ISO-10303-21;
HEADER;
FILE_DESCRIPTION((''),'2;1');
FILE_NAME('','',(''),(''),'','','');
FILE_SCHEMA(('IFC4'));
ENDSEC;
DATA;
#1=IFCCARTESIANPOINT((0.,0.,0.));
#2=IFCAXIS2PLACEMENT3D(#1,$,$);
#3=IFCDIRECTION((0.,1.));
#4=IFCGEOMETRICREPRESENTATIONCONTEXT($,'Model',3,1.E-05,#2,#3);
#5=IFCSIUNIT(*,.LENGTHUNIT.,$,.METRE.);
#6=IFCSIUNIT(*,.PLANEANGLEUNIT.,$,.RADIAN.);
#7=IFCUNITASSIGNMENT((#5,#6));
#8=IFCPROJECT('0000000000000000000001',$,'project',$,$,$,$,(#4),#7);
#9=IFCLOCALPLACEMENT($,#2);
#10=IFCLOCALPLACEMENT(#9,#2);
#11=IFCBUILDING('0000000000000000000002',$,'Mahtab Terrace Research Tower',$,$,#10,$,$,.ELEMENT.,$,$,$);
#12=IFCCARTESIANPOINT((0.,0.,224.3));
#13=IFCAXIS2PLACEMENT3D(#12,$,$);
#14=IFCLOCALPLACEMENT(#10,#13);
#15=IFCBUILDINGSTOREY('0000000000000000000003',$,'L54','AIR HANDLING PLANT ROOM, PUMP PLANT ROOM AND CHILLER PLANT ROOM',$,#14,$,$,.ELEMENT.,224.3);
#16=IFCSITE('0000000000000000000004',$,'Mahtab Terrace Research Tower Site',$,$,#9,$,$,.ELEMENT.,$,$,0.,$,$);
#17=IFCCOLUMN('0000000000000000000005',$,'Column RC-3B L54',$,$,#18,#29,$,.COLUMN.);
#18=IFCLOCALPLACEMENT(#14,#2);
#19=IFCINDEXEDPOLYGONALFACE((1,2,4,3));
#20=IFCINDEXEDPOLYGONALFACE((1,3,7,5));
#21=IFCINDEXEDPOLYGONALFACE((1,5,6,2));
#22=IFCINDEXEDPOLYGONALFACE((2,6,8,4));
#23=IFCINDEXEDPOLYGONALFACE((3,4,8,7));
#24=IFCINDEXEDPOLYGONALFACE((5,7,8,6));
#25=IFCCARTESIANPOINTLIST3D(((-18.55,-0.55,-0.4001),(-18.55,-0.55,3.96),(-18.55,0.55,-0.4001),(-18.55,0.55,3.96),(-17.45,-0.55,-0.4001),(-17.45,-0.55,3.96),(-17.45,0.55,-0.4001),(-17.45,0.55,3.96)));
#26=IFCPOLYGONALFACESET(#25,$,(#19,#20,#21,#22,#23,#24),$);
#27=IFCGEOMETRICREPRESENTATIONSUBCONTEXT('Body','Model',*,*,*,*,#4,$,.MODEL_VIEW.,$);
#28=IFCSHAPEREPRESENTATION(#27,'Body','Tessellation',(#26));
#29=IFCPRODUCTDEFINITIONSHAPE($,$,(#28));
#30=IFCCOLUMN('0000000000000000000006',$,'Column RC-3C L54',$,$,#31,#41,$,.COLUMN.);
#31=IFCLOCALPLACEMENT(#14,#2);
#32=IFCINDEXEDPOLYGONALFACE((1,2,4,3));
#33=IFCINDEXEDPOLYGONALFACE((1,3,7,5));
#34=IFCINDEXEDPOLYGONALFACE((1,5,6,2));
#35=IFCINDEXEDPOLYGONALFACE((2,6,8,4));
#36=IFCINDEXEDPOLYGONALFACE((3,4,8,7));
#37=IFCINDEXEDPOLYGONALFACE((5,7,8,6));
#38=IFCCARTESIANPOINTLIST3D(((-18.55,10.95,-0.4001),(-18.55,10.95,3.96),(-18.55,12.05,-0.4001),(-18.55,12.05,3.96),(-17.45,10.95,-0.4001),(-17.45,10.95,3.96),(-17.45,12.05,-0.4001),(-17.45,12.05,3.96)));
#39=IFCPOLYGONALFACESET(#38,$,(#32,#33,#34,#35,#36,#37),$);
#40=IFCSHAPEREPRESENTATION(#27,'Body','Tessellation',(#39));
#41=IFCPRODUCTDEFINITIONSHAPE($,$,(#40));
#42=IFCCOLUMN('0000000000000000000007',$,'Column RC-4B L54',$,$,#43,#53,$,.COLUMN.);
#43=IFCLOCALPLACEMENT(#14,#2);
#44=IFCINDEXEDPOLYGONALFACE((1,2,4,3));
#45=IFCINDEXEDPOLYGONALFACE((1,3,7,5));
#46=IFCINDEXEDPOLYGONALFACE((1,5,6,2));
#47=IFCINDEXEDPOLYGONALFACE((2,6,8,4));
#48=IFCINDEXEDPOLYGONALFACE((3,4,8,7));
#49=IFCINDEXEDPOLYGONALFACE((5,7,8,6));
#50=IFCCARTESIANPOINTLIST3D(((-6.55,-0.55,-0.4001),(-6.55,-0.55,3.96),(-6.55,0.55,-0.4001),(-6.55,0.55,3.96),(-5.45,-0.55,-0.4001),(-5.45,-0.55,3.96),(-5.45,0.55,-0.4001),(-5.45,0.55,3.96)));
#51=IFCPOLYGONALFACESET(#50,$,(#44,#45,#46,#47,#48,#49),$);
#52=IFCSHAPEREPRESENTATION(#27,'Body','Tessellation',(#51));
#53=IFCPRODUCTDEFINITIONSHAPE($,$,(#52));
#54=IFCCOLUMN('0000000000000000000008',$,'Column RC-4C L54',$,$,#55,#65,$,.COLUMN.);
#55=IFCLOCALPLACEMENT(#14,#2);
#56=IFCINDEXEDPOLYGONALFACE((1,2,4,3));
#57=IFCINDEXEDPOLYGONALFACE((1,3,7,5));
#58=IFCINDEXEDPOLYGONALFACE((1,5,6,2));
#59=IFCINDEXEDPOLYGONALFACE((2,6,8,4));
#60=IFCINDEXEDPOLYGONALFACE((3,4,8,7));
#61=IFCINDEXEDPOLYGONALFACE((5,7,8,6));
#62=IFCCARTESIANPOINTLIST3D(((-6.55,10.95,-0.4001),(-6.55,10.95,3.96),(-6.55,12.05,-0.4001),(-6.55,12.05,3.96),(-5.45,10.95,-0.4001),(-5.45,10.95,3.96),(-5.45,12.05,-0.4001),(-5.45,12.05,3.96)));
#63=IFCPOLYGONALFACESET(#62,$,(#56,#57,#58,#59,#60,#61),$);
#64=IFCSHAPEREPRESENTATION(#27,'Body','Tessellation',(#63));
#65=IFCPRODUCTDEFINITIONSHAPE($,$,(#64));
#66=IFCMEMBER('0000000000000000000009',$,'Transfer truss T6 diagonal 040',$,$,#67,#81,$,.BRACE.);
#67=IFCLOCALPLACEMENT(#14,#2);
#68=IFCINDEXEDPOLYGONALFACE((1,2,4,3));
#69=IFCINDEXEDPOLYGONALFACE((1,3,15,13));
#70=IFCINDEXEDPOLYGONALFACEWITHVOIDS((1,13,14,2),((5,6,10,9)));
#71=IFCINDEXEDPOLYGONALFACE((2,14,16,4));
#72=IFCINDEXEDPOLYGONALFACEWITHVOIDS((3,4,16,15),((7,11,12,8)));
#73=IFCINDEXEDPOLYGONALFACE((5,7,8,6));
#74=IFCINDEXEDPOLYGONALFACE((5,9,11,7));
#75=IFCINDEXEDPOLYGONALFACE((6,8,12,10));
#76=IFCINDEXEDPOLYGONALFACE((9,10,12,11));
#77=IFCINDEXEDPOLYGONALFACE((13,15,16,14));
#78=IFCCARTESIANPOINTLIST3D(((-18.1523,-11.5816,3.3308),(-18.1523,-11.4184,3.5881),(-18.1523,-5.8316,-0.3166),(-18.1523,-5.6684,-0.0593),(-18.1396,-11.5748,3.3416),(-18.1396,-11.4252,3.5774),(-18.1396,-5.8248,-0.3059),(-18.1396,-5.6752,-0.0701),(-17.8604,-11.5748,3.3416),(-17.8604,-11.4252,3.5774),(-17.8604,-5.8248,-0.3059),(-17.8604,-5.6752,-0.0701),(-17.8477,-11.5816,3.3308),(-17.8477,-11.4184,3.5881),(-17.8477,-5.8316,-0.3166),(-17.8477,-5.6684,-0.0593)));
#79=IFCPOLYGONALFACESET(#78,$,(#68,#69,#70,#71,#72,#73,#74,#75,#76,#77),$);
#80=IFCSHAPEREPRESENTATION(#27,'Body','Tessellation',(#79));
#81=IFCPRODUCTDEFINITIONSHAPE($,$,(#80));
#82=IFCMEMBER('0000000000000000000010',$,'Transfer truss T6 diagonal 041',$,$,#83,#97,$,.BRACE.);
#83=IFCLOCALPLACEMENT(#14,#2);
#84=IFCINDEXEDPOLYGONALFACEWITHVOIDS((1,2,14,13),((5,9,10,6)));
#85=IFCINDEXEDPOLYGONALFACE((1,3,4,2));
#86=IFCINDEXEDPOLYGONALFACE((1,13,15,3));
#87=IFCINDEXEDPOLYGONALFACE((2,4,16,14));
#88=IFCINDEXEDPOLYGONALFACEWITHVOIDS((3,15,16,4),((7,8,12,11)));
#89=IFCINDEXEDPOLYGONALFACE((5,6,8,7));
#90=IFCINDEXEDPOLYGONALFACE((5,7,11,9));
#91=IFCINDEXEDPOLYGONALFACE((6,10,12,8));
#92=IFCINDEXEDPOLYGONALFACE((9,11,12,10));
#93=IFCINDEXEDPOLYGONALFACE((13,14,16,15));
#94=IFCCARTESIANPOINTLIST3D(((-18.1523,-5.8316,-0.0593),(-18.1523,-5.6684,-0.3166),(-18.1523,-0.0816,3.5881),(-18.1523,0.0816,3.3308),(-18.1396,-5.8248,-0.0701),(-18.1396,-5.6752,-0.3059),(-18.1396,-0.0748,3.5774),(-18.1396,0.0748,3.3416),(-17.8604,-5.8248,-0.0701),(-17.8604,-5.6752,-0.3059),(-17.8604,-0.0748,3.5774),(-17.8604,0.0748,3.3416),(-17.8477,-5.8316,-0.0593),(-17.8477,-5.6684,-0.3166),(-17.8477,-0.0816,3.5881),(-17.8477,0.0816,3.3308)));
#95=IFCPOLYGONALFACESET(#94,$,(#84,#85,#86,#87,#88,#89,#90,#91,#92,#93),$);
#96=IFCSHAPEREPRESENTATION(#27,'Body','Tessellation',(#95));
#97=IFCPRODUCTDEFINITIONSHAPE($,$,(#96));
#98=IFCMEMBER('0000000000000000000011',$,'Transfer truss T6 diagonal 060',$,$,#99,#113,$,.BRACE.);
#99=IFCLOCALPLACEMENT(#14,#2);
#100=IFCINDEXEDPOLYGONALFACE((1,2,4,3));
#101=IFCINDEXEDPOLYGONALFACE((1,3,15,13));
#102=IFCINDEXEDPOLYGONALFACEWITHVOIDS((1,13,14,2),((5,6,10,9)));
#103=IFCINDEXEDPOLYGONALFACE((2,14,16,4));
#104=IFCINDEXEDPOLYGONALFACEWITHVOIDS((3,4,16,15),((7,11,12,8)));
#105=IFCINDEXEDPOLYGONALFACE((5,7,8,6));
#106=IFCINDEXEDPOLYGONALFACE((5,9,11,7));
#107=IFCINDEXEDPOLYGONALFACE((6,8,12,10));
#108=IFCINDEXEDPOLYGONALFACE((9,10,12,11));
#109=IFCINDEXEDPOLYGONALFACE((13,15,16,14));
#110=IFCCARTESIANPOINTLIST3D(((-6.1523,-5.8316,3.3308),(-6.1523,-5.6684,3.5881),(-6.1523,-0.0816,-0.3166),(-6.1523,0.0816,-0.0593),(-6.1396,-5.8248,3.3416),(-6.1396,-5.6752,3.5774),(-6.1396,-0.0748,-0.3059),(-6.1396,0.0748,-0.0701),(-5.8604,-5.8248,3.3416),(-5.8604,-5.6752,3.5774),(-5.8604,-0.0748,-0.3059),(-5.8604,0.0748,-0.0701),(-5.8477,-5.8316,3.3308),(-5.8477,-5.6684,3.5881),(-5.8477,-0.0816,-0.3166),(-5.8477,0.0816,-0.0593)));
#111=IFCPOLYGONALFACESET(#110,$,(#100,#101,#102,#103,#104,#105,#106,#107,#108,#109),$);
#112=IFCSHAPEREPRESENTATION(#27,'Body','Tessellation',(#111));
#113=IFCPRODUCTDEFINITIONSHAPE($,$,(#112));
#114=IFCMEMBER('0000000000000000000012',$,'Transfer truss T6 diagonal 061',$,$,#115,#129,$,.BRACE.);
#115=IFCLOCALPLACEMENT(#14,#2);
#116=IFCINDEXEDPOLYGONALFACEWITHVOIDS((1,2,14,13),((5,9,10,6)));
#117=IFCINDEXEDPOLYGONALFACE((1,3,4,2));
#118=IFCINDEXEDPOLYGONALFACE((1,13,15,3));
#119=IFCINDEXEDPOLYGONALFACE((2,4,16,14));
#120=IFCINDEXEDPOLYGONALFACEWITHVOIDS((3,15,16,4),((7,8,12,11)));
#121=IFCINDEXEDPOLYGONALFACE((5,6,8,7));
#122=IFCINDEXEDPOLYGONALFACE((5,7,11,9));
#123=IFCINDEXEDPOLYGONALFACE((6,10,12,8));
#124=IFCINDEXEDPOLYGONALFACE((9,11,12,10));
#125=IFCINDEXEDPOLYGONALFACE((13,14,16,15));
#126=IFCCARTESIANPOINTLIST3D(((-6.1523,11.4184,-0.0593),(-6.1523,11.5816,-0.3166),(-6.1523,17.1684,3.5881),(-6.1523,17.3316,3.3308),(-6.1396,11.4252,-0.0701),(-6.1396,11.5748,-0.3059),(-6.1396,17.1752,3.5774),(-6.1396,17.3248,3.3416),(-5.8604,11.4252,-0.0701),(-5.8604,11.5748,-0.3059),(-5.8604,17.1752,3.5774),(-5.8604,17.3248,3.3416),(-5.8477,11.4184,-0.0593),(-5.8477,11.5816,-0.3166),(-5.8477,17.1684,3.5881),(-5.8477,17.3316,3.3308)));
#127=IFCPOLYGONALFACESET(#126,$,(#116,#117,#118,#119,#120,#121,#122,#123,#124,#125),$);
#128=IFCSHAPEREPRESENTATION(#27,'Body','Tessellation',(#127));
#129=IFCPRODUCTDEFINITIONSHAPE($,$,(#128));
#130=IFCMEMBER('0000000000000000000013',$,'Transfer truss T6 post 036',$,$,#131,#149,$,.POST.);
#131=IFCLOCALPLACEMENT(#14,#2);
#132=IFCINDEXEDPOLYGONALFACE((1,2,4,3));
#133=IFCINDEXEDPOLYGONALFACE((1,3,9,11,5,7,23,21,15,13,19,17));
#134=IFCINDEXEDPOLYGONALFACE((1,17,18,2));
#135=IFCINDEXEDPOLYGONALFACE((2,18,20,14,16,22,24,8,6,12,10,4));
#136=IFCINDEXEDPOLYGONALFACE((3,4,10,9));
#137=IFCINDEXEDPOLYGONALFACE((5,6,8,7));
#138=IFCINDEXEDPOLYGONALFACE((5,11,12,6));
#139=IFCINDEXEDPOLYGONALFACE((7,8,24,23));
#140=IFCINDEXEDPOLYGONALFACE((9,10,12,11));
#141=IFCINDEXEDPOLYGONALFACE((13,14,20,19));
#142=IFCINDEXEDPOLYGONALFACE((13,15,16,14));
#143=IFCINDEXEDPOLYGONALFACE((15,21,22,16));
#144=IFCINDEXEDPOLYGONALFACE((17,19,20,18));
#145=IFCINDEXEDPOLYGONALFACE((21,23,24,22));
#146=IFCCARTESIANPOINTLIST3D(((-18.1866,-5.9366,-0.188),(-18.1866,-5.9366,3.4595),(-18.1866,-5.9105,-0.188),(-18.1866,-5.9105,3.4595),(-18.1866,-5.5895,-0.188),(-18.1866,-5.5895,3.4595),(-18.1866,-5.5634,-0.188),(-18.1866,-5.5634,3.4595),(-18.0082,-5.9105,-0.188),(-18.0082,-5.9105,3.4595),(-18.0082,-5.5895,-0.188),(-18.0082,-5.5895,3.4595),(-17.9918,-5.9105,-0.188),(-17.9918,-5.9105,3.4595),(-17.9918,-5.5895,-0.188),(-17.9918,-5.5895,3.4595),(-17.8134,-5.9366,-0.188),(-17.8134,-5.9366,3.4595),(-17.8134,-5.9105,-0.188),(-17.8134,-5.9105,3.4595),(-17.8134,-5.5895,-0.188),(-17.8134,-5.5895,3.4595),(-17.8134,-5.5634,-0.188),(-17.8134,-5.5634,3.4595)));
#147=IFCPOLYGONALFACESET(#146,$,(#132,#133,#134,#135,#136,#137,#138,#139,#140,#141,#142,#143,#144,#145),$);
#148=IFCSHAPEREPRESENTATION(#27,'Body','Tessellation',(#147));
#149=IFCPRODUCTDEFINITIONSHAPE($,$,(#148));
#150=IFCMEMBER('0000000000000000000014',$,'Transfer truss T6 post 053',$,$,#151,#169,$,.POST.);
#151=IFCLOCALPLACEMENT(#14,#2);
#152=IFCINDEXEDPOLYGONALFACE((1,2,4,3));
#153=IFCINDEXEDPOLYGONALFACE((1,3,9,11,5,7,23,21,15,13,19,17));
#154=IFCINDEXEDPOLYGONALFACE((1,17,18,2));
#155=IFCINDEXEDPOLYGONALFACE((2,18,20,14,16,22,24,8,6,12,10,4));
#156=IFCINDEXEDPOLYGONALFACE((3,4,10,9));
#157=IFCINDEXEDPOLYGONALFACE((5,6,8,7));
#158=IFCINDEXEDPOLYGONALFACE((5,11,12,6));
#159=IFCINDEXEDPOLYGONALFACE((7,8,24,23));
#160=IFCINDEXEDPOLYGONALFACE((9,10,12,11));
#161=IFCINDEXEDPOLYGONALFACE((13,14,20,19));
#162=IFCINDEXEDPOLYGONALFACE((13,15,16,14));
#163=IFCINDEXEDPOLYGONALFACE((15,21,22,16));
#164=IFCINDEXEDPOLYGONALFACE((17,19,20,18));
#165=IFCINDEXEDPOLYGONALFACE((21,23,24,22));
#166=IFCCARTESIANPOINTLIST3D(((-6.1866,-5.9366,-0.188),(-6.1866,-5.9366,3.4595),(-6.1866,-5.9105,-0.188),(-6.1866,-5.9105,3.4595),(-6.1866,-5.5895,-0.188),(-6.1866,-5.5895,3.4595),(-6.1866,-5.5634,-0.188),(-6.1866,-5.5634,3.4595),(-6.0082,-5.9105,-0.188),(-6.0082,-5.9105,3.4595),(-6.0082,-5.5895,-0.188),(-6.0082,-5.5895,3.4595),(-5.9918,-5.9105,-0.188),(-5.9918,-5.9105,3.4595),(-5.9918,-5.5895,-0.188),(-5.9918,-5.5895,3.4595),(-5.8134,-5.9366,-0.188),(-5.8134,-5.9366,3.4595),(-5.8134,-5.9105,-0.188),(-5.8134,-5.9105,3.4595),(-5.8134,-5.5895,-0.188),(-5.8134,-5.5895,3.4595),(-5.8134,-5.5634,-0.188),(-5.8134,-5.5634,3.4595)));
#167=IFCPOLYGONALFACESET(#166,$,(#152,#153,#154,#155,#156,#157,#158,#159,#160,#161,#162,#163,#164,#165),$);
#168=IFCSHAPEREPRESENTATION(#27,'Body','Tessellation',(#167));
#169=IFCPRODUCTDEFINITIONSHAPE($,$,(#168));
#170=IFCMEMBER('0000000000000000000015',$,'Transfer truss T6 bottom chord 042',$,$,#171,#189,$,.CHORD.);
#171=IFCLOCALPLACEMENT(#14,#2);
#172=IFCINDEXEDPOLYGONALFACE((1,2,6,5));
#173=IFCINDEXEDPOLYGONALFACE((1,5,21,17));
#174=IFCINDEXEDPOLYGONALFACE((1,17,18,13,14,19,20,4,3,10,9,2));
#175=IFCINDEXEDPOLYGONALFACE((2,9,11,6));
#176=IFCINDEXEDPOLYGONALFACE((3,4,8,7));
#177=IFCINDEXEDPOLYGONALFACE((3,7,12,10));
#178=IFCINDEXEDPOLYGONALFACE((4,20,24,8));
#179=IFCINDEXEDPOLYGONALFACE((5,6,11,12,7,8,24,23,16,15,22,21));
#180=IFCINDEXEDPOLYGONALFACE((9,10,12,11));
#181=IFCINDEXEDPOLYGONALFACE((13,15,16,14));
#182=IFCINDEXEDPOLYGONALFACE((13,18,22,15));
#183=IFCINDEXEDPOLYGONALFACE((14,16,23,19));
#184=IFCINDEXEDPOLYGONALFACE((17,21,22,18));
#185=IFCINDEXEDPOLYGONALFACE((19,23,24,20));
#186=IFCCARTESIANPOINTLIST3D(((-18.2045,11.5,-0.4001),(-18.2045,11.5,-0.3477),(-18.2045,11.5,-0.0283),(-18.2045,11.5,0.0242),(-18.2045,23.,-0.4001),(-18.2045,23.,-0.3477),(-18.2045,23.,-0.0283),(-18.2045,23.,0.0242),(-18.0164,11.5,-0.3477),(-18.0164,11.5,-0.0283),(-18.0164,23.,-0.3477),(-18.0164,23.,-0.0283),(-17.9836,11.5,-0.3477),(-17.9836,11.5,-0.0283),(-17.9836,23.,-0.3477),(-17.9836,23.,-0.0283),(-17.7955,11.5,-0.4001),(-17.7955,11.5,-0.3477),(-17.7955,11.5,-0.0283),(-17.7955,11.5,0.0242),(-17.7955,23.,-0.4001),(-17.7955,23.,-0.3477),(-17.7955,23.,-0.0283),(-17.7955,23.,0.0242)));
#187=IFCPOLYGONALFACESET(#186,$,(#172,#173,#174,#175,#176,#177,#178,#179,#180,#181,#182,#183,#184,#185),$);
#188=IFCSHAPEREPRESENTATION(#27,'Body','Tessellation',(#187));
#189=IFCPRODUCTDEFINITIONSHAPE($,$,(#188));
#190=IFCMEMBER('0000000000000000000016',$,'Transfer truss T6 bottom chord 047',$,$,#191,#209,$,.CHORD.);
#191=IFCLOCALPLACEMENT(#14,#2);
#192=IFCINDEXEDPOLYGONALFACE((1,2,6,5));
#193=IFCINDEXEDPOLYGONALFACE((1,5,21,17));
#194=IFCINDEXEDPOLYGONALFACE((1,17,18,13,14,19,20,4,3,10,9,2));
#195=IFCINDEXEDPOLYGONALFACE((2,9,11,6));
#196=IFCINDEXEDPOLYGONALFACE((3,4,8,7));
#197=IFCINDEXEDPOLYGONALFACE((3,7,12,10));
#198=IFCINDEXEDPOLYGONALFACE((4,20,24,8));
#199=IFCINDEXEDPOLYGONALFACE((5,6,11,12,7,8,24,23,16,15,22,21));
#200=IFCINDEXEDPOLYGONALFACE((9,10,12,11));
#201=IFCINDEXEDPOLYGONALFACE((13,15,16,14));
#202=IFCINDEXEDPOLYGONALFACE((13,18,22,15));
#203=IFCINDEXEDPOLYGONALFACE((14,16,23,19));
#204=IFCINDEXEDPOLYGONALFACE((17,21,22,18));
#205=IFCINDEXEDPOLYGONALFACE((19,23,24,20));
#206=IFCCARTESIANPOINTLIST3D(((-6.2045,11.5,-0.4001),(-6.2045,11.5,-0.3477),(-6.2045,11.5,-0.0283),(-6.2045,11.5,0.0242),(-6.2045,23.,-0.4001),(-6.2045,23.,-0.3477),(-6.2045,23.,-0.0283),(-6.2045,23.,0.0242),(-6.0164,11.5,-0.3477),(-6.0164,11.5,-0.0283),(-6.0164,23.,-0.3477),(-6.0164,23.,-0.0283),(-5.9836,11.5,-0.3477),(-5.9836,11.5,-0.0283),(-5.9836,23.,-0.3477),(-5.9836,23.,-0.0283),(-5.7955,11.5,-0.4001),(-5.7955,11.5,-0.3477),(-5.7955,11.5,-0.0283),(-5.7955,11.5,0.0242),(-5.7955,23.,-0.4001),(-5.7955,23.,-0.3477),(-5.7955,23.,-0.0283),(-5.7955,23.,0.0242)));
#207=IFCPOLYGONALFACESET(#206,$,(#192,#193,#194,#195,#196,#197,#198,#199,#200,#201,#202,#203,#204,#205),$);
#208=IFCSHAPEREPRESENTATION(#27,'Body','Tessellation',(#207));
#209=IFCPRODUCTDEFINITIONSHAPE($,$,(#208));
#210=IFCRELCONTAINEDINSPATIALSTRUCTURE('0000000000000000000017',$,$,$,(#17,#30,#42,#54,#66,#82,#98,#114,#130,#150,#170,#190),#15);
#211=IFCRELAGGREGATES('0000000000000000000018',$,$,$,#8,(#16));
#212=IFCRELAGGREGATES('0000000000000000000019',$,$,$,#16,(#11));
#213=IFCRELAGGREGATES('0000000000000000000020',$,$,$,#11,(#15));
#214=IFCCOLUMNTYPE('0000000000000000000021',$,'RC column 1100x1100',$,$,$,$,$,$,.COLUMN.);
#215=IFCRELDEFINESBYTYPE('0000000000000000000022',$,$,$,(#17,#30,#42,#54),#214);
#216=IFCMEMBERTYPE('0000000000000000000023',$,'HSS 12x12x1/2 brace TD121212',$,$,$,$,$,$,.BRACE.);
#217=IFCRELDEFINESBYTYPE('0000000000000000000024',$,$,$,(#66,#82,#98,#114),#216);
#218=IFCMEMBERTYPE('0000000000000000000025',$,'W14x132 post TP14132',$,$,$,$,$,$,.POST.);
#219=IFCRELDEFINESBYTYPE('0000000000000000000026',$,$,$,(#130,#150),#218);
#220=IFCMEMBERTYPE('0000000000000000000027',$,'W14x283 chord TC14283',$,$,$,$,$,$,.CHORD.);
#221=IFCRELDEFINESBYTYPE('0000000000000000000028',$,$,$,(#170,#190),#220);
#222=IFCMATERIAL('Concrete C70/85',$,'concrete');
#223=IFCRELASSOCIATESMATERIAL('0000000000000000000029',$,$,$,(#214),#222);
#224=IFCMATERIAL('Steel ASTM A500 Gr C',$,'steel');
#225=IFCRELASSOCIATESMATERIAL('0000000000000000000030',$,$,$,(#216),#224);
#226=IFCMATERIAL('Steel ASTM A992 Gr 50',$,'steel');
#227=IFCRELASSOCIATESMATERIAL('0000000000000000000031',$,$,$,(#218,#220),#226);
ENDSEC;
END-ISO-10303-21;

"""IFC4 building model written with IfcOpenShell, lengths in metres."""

from ifc_helpers import new_model, si_unit, direction, frame, origin, origin_2d, place, context, subcontext, project, spatial, rectangle, hollow_rectangle, i_section, extrude, material, material_profile, profile_set, type_object, element, save


model = new_model("IFC4")

# Units and contexts
model_context = context("Model", 3, precision=1e-05, world=origin(), true_north=direction((0.0, 1.0)))
body_context = subcontext(model_context, "Body", "Model", "MODEL_VIEW")
ifc_project = project(units=[si_unit("LENGTHUNIT", "METRE"), si_unit("PLANEANGLEUNIT", "RADIAN")], contexts=[model_context])

# Site, building, storey
site_placement = place(None, origin())
site = spatial("IfcSite", under=ifc_project, at=site_placement, Name="Mahtab Terrace Research Tower Site", CompositionType="ELEMENT", RefElevation=0.0)
building_placement = place(site_placement, origin())
building = spatial("IfcBuilding", under=site, at=building_placement, Name="Mahtab Terrace Research Tower", CompositionType="ELEMENT")
storey_placement = place(building_placement, frame((0.0, 0.0, 224.3)))
storey = spatial("IfcBuildingStorey", under=building, at=storey_placement, Name="L54", Description="AIR HANDLING PLANT ROOM, PUMP PLANT ROOM AND CHILLER PLANT ROOM", CompositionType="ELEMENT", Elevation=224.3)

# Columns
ifc_material_1 = material(Name="Concrete C70/85", Category="concrete")
ifc_material_profile_1 = material_profile(ifc_material_1, rectangle(XDim=1.1001, YDim=1.1001, at=origin_2d()), Name="RC column 1100x1100")
ifc_profile_set_1 = profile_set([ifc_material_profile_1], Name="Concrete C70/85")
column_type = type_object("IfcColumnType", Name="RC column 1100x1100", PredefinedType="COLUMN", material=ifc_profile_set_1)
for number, where, z_axis, x_axis, name in (
    (1, (-18.0, 0.0, -0.4001), (0.0, 0.0, 1.0), (1.0, 0.0, 0.0), "Column RC-3B L54"),
    (2, (-18.0, 11.5, -0.4001), (0.0, 0.0, 1.0), (1.0, 0.0, 0.0), "Column RC-3C L54"),
    (3, (-6.0, 0.0, -0.4001), (0.0, 0.0, 1.0), (1.0, 0.0, 0.0), "Column RC-4B L54"),
    (4, (-6.0, 11.5, -0.4001), (0.0, 0.0, 1.0), (1.0, 0.0, 0.0), "Column RC-4C L54"),
):
    element("IfcColumn", number, at=place(storey_placement, frame(where, z_axis=z_axis, x_axis=x_axis)), inside=storey, type_object=column_type, Name=name, PredefinedType="COLUMN", context=body_context, shape_type="SweptSolid", body=[
        extrude(rectangle(XDim=1.1001, YDim=1.1001, at=origin_2d()), origin(), (0.0, 0.0, 1.0), 4.3601),
    ])

# Members
ifc_material_2 = material(Name="Steel ASTM A500 Gr C", Category="steel")
ifc_material_profile_2 = material_profile(ifc_material_2, hollow_rectangle(XDim=0.3047, YDim=0.3047, WallThickness=0.0127, at=origin_2d()), Name="HSS12X12X1/2")
ifc_profile_set_2 = profile_set([ifc_material_profile_2], Name="Steel ASTM A500 Gr C")
member_type_1 = type_object("IfcMemberType", Name="HSS 12x12x1/2 brace TD121212", PredefinedType="BRACE", material=ifc_profile_set_2)
for number, where, z_axis, x_axis, name in (
    (5, (-18.0, -5.75, -0.188), (0.0, -0.844434, 0.535659), (1.0, 0.0, 0.0), "Transfer truss T6 diagonal 040"),
    (6, (-18.0, -5.75, -0.188), (0.0, 0.844434, 0.535659), (-1.0, 0.0, 0.0), "Transfer truss T6 diagonal 041"),
    (7, (-6.0, 0.0, -0.188), (0.0, -0.844434, 0.535659), (1.0, 0.0, 0.0), "Transfer truss T6 diagonal 060"),
    (8, (-6.0, 11.5, -0.188), (0.0, 0.844434, 0.535659), (-1.0, 0.0, 0.0), "Transfer truss T6 diagonal 061"),
):
    element("IfcMember", number, at=place(storey_placement, frame(where, z_axis=z_axis, x_axis=x_axis)), inside=storey, type_object=member_type_1, Name=name, PredefinedType="BRACE", context=body_context, shape_type="SweptSolid", body=[
        extrude(hollow_rectangle(XDim=0.3047, YDim=0.3047, WallThickness=0.0127, at=origin_2d()), origin(), (0.0, 0.0, 1.0), 6.8093),
    ])
ifc_material_3 = material(Name="Steel ASTM A992 Gr 50", Category="steel")
ifc_material_profile_3 = material_profile(ifc_material_3, i_section(OverallWidth=0.3733, OverallDepth=0.3733, WebThickness=0.0164, FlangeThickness=0.0261, at=origin_2d()), Name="W14X132")
ifc_profile_set_3 = profile_set([ifc_material_profile_3], Name="Steel ASTM A992 Gr 50")
member_type_2 = type_object("IfcMemberType", Name="W14x132 post TP14132", PredefinedType="POST", material=ifc_profile_set_3)
for number, where, z_axis, x_axis, name in (
    (9, (-18.0, -5.75, -0.188), (0.0, 0.0, 1.0), (1.0, 0.0, 0.0), "Transfer truss T6 post 036"),
    (10, (-6.0, -5.75, -0.188), (0.0, 0.0, 1.0), (1.0, 0.0, 0.0), "Transfer truss T6 post 053"),
):
    element("IfcMember", number, at=place(storey_placement, frame(where, z_axis=z_axis, x_axis=x_axis)), inside=storey, type_object=member_type_2, Name=name, PredefinedType="POST", context=body_context, shape_type="SweptSolid", body=[
        extrude(i_section(OverallWidth=0.3733, OverallDepth=0.3733, WebThickness=0.0164, FlangeThickness=0.0261, at=origin_2d()), origin(), (0.0, 0.0, 1.0), 3.6475),
    ])
ifc_material_profile_4 = material_profile(ifc_material_3, i_section(OverallWidth=0.4089, OverallDepth=0.4243, WebThickness=0.0327, FlangeThickness=0.0525, at=origin_2d()), Name="W14X283")
ifc_profile_set_4 = profile_set([ifc_material_profile_4], Name="Steel ASTM A992 Gr 50")
member_type_3 = type_object("IfcMemberType", Name="W14x283 chord TC14283", PredefinedType="CHORD", material=ifc_profile_set_4)
for number, where, z_axis, x_axis, name in (
    (11, (-18.0, 11.5, -0.188), (0.0, 1.0, 0.0), (-1.0, 0.0, 0.0), "Transfer truss T6 bottom chord 042"),
    (12, (-6.0, 11.5, -0.188), (0.0, 1.0, 0.0), (-1.0, 0.0, 0.0), "Transfer truss T6 bottom chord 047"),
):
    element("IfcMember", number, at=place(storey_placement, frame(where, z_axis=z_axis, x_axis=x_axis)), inside=storey, type_object=member_type_3, Name=name, PredefinedType="CHORD", context=body_context, shape_type="SweptSolid", body=[
        extrude(i_section(OverallWidth=0.4089, OverallDepth=0.4243, WebThickness=0.0327, FlangeThickness=0.0525, at=origin_2d()), origin(), (0.0, 0.0, 1.0), 11.5),
    ])

save(model, "model.ifc")
